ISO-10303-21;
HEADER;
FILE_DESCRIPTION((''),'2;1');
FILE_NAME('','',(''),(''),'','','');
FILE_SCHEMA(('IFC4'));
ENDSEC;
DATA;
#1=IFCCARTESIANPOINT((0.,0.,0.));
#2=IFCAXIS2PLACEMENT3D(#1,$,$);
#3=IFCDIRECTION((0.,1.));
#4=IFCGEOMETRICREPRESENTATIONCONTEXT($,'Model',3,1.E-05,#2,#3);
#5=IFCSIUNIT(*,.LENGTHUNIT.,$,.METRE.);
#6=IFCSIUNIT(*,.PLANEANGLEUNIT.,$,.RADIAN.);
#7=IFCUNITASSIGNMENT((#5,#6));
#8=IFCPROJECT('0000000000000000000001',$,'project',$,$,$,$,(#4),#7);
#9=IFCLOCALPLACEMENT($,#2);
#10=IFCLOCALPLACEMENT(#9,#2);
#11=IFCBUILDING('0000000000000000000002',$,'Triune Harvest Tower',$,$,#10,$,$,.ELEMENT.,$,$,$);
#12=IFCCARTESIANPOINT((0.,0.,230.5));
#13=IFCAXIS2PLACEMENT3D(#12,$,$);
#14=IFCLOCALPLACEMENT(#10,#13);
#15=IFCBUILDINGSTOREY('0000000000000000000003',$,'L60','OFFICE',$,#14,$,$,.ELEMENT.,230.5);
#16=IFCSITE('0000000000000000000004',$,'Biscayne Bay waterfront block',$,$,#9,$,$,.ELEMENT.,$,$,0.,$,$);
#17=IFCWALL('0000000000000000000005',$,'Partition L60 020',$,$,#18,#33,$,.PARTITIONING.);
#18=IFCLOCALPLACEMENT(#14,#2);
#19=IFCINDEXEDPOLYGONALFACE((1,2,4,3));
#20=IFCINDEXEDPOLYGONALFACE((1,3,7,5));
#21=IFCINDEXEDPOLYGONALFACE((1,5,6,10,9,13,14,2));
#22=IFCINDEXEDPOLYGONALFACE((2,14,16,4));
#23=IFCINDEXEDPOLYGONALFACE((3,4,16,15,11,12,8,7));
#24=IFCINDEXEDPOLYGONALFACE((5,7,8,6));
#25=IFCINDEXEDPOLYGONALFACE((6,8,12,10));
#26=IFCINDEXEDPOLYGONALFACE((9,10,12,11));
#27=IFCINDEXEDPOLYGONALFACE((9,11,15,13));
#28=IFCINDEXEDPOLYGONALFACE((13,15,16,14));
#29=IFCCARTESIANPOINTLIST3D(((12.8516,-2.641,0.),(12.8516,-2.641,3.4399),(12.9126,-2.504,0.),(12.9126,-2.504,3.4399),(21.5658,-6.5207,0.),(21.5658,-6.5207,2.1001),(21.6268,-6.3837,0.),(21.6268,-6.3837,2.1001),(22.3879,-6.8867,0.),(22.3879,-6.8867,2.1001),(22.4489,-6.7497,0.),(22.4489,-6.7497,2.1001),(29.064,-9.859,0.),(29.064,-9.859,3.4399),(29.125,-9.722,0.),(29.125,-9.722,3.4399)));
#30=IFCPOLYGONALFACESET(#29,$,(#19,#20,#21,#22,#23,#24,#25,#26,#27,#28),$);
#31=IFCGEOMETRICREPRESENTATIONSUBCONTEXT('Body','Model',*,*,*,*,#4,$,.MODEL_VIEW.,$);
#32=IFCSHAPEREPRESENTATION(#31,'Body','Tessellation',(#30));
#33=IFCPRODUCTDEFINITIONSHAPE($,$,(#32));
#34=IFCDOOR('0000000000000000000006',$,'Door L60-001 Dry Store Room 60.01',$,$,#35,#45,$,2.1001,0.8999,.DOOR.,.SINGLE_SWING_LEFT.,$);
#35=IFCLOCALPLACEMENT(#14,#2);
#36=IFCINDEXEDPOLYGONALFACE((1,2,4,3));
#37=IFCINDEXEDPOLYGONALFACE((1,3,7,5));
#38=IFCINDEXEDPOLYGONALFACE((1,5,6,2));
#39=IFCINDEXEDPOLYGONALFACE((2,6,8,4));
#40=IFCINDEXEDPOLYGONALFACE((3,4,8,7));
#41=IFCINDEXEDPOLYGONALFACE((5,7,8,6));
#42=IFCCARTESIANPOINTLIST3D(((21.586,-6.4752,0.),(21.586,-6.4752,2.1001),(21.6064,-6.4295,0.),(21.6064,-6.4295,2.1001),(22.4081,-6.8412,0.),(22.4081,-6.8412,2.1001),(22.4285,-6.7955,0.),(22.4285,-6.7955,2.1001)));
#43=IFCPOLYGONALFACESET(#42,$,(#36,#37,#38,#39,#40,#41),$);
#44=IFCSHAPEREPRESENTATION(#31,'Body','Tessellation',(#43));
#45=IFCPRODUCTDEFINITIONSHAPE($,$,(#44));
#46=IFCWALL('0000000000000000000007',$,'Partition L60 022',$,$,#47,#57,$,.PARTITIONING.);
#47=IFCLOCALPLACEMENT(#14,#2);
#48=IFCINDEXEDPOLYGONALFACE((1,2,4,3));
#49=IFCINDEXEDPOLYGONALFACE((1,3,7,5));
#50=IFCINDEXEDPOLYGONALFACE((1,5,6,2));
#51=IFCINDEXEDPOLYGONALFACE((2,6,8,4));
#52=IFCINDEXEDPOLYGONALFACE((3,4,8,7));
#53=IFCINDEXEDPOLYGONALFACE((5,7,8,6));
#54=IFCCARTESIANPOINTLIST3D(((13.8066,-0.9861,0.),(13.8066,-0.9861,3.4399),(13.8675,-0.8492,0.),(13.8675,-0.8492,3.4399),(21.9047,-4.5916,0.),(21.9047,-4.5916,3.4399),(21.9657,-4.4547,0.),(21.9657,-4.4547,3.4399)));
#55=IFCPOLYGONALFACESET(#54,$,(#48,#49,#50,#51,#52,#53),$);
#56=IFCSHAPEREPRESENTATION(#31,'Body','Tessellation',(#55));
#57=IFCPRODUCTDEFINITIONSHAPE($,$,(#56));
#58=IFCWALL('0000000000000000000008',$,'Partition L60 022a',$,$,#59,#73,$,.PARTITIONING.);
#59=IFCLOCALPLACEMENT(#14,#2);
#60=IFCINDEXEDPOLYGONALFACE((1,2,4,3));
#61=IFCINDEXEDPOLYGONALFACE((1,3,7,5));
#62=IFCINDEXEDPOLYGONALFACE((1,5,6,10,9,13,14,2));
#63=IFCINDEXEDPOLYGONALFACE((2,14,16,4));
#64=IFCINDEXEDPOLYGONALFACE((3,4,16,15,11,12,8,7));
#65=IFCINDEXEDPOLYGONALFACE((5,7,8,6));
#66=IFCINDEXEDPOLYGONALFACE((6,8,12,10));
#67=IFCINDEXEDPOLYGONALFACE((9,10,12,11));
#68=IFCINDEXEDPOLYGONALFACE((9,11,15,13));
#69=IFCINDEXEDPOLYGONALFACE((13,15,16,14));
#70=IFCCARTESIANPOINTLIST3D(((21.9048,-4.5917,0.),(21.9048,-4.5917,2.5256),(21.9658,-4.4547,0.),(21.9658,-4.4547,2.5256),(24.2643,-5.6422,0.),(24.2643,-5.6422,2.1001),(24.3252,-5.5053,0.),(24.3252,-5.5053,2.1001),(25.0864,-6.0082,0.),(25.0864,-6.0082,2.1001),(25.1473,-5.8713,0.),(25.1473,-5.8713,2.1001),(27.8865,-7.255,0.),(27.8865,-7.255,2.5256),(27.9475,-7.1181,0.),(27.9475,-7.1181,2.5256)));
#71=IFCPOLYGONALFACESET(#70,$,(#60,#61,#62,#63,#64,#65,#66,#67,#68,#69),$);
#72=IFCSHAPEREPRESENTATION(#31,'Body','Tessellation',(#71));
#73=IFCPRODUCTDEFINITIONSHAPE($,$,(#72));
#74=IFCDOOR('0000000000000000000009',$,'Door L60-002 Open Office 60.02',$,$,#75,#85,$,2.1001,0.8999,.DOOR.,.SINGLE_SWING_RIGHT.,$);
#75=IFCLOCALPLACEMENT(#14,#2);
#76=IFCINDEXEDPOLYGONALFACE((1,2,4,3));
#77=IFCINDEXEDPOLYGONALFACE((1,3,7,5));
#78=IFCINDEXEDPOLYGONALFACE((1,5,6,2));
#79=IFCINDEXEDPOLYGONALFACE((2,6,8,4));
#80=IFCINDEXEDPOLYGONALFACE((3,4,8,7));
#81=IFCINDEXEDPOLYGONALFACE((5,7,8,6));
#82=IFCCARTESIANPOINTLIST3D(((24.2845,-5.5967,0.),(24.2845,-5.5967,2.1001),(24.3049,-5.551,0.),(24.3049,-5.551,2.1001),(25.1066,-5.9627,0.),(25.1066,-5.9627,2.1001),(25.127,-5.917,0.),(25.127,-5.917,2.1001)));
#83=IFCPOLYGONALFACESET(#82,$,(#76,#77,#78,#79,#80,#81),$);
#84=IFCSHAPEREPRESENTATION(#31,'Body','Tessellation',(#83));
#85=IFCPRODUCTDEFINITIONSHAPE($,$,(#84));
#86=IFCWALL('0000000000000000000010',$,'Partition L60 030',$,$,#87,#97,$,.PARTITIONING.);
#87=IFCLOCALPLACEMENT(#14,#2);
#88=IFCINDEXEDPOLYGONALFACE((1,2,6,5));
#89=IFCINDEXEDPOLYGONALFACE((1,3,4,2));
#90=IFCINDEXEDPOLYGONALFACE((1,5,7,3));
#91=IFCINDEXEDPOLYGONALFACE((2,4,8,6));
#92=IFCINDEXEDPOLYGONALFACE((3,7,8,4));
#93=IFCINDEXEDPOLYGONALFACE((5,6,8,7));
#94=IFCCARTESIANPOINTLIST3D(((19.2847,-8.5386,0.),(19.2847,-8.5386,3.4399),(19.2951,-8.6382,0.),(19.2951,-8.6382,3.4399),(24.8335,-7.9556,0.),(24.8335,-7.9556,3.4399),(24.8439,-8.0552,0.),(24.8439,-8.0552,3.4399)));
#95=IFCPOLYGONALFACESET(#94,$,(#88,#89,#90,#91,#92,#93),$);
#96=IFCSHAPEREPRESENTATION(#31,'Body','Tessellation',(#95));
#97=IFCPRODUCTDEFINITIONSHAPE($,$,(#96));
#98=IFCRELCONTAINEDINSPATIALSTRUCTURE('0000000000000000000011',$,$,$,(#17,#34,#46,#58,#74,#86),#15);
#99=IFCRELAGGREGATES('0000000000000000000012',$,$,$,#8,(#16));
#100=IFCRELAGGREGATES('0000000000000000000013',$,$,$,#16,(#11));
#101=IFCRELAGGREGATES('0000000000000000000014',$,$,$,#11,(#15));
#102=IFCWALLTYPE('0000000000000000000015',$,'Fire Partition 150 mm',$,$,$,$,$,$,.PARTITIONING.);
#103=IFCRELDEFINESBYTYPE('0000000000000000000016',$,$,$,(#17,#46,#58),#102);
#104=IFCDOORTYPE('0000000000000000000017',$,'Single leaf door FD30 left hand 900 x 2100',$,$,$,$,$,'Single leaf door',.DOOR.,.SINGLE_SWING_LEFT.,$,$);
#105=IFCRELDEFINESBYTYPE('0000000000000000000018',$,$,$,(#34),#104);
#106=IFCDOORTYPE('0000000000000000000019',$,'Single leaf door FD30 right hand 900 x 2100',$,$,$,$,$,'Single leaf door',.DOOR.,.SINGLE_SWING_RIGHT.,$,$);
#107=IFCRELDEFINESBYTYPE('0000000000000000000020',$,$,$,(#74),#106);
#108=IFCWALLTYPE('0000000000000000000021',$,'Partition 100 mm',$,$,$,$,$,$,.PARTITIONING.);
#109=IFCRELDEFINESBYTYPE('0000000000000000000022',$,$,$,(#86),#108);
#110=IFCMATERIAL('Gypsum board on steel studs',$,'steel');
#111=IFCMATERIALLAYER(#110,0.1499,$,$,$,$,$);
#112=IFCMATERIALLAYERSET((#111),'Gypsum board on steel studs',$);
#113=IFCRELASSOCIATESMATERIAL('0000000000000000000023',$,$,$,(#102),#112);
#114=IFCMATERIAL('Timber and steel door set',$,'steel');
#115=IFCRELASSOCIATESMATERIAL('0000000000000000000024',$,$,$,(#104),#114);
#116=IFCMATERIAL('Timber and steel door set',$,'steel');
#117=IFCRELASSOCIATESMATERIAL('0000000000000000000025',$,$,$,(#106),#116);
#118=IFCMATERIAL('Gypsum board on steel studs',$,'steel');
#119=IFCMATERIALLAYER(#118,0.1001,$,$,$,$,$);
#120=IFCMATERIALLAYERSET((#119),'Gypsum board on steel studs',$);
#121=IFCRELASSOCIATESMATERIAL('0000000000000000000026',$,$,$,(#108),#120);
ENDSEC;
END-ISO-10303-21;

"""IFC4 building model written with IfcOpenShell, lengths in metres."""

from ifc_helpers import new_model, si_unit, direction, frame, frame_2d, origin, place, context, subcontext, project, spatial, rectangle, extrude, source, transform, mapped, material, layer, layer_set, type_object, element, fill, save


model = new_model("IFC4")

# Units and contexts
model_context = context("Model", 3, precision=1e-05, world=origin(), true_north=direction((0.0, 1.0)))
body_context = subcontext(model_context, "Body", "Model", "MODEL_VIEW")
ifc_project = project(units=[si_unit("LENGTHUNIT", "METRE"), si_unit("PLANEANGLEUNIT", "RADIAN")], contexts=[model_context])

# Site, building, storey
site_placement = place(None, origin())
site = spatial("IfcSite", under=ifc_project, at=site_placement, Name="Biscayne Bay waterfront block", CompositionType="ELEMENT", RefElevation=0.0)
building_placement = place(site_placement, origin())
building = spatial("IfcBuilding", under=site, at=building_placement, Name="Triune Harvest Tower", CompositionType="ELEMENT")
storey_placement = place(building_placement, frame((0.0, 0.0, 230.5)))
storey = spatial("IfcBuildingStorey", under=building, at=storey_placement, Name="L60", Description="OFFICE", CompositionType="ELEMENT", Elevation=230.5)

# Wall, opening, door
ifc_material_1 = material(Name="Gypsum board on steel studs", Category="steel")
ifc_layer_1 = layer(ifc_material_1, 0.1499)
ifc_layer_set_1 = layer_set([ifc_layer_1], Name="Gypsum board on steel studs")
wall_type_1 = type_object("IfcWallType", Name="Fire Partition 150 mm", PredefinedType="PARTITIONING", material=ifc_layer_set_1)
shared_shape_1 = source(origin(), body_context, "Body", "SweptSolid", [
    extrude(rectangle(XDim=17.7466, YDim=0.1499, at=frame_2d((8.8733, 0.0))), origin(), (0.0, 0.0, 1.0), 3.4399),
])
wall_1_placement = place(storey_placement, frame((12.8821, -2.5725, 0.0), z_axis=(0.0, 0.0, 1.0), x_axis=(0.91355, -0.406727, 0.0)))
wall_1 = element("IfcWall", 1, at=wall_1_placement, inside=storey, type_object=wall_type_1, Name="Partition L60 020", PredefinedType="PARTITIONING", context=body_context, shape_type="MappedRepresentation", body=[
    mapped(shared_shape_1, transform((0.0, 0.0, 0.0), scale=1.0)),
])
opening_1_placement = place(wall_1_placement, frame((9.5388, 0.0, 0.0)))
opening_1 = element("IfcOpeningElement", 2, at=opening_1_placement, cuts=wall_1, PredefinedType="OPENING", context=body_context, shape_type="SweptSolid", body=[
    extrude(rectangle(XDim=0.8999, YDim=2.1001, at=frame_2d((0.45, 1.05))), frame((0.0, 0.085, 0.0), z_axis=(0.0, -1.0, 0.0), x_axis=(1.0, 0.0, 0.0)), (0.0, 0.0, 1.0), 0.1699),
])
ifc_material_2 = material(Name="Timber and steel door set", Category="steel")
door_type_1 = type_object("IfcDoorType", Name="Single leaf door FD30 left hand 900 x 2100", ElementType="Single leaf door", OperationType="SINGLE_SWING_LEFT", PredefinedType="DOOR", material=ifc_material_2)
door_1_placement = place(opening_1_placement, origin())
door_1 = element("IfcDoor", 3, at=door_1_placement, inside=storey, type_object=door_type_1, Name="Door L60-001 Dry Store Room 60.01", OperationType="SINGLE_SWING_LEFT", OverallHeight=2.1001, OverallWidth=0.8999, PredefinedType="DOOR", context=body_context, shape_type="SweptSolid", body=[
    extrude(rectangle(XDim=0.8999, YDim=2.1001, at=frame_2d((0.45, 1.05))), frame((0.0, 0.0249, 0.0), z_axis=(0.0, -1.0, 0.0), x_axis=(1.0, 0.0, 0.0)), (0.0, 0.0, 1.0), 0.05),
])
fill(opening_1, door_1)

# Wall
shared_shape_2 = source(origin(), body_context, "Body", "SweptSolid", [
    extrude(rectangle(XDim=8.8645, YDim=0.1499, at=frame_2d((4.4321, 0.0))), origin(), (0.0, 0.0, 1.0), 3.4399),
])
wall_2_placement = place(storey_placement, frame((13.8372, -0.9177, 0.0), z_axis=(0.0, 0.0, 1.0), x_axis=(0.913548, -0.406731, 0.0)))
element("IfcWall", 4, at=wall_2_placement, inside=storey, type_object=wall_type_1, Name="Partition L60 022", PredefinedType="PARTITIONING", context=body_context, shape_type="MappedRepresentation", body=[
    mapped(shared_shape_2, transform((0.0, 0.0, 0.0), scale=1.0)),
])

# Wall, opening, door
shared_shape_3 = source(origin(), body_context, "Body", "SweptSolid", [
    extrude(rectangle(XDim=6.5479, YDim=0.1499, at=frame_2d((3.2739, 0.0))), origin(), (0.0, 0.0, 1.0), 2.5256),
])
wall_3_placement = place(storey_placement, frame((21.9353, -4.5232, 0.0), z_axis=(0.0, 0.0, 1.0), x_axis=(0.913539, -0.406751, 0.0)))
wall_3 = element("IfcWall", 5, at=wall_3_placement, inside=storey, type_object=wall_type_1, Name="Partition L60 022a", PredefinedType="PARTITIONING", context=body_context, shape_type="MappedRepresentation", body=[
    mapped(shared_shape_3, transform((0.0, 0.0, 0.0), scale=1.0)),
])
opening_2_placement = place(wall_3_placement, frame((2.5828, 0.0, 0.0)))
opening_2 = element("IfcOpeningElement", 6, at=opening_2_placement, cuts=wall_3, PredefinedType="OPENING", context=body_context, shape_type="SweptSolid", body=[
    extrude(rectangle(XDim=0.8999, YDim=2.1001, at=frame_2d((0.45, 1.05))), frame((0.0, 0.085, 0.0), z_axis=(0.0, -1.0, 0.0), x_axis=(1.0, 0.0, 0.0)), (0.0, 0.0, 1.0), 0.1699),
])
ifc_material_3 = material(Name="Timber and steel door set", Category="steel")
door_type_2 = type_object("IfcDoorType", Name="Single leaf door FD30 right hand 900 x 2100", ElementType="Single leaf door", OperationType="SINGLE_SWING_RIGHT", PredefinedType="DOOR", material=ifc_material_3)
door_2_placement = place(opening_2_placement, origin())
door_2 = element("IfcDoor", 7, at=door_2_placement, inside=storey, type_object=door_type_2, Name="Door L60-002 Open Office 60.02", OperationType="SINGLE_SWING_RIGHT", OverallHeight=2.1001, OverallWidth=0.8999, PredefinedType="DOOR", context=body_context, shape_type="SweptSolid", body=[
    extrude(rectangle(XDim=0.8999, YDim=2.1001, at=frame_2d((0.45, 1.05))), frame((0.0, 0.0249, 0.0), z_axis=(0.0, -1.0, 0.0), x_axis=(1.0, 0.0, 0.0)), (0.0, 0.0, 1.0), 0.05),
])
fill(opening_2, door_2)

# Wall
ifc_material_4 = material(Name="Gypsum board on steel studs", Category="steel")
ifc_layer_2 = layer(ifc_material_4, 0.1001)
ifc_layer_set_2 = layer_set([ifc_layer_2], Name="Gypsum board on steel studs")
wall_type_2 = type_object("IfcWallType", Name="Partition 100 mm", PredefinedType="PARTITIONING", material=ifc_layer_set_2)
shared_shape_4 = source(origin(), body_context, "Body", "SweptSolid", [
    extrude(rectangle(XDim=5.5793, YDim=0.1001, at=frame_2d((2.7896, 0.0))), origin(), (0.0, 0.0, 1.0), 3.4399),
])
wall_4_placement = place(storey_placement, frame((19.29, -8.5884, 0.0), z_axis=(0.0, 0.0, 1.0), x_axis=(0.994526, 0.104493, 0.0)))
element("IfcWall", 8, at=wall_4_placement, inside=storey, type_object=wall_type_2, Name="Partition L60 030", PredefinedType="PARTITIONING", context=body_context, shape_type="MappedRepresentation", body=[
    mapped(shared_shape_4, transform((0.0, 0.0, 0.0), scale=1.0)),
])

save(model, "model.ifc")
